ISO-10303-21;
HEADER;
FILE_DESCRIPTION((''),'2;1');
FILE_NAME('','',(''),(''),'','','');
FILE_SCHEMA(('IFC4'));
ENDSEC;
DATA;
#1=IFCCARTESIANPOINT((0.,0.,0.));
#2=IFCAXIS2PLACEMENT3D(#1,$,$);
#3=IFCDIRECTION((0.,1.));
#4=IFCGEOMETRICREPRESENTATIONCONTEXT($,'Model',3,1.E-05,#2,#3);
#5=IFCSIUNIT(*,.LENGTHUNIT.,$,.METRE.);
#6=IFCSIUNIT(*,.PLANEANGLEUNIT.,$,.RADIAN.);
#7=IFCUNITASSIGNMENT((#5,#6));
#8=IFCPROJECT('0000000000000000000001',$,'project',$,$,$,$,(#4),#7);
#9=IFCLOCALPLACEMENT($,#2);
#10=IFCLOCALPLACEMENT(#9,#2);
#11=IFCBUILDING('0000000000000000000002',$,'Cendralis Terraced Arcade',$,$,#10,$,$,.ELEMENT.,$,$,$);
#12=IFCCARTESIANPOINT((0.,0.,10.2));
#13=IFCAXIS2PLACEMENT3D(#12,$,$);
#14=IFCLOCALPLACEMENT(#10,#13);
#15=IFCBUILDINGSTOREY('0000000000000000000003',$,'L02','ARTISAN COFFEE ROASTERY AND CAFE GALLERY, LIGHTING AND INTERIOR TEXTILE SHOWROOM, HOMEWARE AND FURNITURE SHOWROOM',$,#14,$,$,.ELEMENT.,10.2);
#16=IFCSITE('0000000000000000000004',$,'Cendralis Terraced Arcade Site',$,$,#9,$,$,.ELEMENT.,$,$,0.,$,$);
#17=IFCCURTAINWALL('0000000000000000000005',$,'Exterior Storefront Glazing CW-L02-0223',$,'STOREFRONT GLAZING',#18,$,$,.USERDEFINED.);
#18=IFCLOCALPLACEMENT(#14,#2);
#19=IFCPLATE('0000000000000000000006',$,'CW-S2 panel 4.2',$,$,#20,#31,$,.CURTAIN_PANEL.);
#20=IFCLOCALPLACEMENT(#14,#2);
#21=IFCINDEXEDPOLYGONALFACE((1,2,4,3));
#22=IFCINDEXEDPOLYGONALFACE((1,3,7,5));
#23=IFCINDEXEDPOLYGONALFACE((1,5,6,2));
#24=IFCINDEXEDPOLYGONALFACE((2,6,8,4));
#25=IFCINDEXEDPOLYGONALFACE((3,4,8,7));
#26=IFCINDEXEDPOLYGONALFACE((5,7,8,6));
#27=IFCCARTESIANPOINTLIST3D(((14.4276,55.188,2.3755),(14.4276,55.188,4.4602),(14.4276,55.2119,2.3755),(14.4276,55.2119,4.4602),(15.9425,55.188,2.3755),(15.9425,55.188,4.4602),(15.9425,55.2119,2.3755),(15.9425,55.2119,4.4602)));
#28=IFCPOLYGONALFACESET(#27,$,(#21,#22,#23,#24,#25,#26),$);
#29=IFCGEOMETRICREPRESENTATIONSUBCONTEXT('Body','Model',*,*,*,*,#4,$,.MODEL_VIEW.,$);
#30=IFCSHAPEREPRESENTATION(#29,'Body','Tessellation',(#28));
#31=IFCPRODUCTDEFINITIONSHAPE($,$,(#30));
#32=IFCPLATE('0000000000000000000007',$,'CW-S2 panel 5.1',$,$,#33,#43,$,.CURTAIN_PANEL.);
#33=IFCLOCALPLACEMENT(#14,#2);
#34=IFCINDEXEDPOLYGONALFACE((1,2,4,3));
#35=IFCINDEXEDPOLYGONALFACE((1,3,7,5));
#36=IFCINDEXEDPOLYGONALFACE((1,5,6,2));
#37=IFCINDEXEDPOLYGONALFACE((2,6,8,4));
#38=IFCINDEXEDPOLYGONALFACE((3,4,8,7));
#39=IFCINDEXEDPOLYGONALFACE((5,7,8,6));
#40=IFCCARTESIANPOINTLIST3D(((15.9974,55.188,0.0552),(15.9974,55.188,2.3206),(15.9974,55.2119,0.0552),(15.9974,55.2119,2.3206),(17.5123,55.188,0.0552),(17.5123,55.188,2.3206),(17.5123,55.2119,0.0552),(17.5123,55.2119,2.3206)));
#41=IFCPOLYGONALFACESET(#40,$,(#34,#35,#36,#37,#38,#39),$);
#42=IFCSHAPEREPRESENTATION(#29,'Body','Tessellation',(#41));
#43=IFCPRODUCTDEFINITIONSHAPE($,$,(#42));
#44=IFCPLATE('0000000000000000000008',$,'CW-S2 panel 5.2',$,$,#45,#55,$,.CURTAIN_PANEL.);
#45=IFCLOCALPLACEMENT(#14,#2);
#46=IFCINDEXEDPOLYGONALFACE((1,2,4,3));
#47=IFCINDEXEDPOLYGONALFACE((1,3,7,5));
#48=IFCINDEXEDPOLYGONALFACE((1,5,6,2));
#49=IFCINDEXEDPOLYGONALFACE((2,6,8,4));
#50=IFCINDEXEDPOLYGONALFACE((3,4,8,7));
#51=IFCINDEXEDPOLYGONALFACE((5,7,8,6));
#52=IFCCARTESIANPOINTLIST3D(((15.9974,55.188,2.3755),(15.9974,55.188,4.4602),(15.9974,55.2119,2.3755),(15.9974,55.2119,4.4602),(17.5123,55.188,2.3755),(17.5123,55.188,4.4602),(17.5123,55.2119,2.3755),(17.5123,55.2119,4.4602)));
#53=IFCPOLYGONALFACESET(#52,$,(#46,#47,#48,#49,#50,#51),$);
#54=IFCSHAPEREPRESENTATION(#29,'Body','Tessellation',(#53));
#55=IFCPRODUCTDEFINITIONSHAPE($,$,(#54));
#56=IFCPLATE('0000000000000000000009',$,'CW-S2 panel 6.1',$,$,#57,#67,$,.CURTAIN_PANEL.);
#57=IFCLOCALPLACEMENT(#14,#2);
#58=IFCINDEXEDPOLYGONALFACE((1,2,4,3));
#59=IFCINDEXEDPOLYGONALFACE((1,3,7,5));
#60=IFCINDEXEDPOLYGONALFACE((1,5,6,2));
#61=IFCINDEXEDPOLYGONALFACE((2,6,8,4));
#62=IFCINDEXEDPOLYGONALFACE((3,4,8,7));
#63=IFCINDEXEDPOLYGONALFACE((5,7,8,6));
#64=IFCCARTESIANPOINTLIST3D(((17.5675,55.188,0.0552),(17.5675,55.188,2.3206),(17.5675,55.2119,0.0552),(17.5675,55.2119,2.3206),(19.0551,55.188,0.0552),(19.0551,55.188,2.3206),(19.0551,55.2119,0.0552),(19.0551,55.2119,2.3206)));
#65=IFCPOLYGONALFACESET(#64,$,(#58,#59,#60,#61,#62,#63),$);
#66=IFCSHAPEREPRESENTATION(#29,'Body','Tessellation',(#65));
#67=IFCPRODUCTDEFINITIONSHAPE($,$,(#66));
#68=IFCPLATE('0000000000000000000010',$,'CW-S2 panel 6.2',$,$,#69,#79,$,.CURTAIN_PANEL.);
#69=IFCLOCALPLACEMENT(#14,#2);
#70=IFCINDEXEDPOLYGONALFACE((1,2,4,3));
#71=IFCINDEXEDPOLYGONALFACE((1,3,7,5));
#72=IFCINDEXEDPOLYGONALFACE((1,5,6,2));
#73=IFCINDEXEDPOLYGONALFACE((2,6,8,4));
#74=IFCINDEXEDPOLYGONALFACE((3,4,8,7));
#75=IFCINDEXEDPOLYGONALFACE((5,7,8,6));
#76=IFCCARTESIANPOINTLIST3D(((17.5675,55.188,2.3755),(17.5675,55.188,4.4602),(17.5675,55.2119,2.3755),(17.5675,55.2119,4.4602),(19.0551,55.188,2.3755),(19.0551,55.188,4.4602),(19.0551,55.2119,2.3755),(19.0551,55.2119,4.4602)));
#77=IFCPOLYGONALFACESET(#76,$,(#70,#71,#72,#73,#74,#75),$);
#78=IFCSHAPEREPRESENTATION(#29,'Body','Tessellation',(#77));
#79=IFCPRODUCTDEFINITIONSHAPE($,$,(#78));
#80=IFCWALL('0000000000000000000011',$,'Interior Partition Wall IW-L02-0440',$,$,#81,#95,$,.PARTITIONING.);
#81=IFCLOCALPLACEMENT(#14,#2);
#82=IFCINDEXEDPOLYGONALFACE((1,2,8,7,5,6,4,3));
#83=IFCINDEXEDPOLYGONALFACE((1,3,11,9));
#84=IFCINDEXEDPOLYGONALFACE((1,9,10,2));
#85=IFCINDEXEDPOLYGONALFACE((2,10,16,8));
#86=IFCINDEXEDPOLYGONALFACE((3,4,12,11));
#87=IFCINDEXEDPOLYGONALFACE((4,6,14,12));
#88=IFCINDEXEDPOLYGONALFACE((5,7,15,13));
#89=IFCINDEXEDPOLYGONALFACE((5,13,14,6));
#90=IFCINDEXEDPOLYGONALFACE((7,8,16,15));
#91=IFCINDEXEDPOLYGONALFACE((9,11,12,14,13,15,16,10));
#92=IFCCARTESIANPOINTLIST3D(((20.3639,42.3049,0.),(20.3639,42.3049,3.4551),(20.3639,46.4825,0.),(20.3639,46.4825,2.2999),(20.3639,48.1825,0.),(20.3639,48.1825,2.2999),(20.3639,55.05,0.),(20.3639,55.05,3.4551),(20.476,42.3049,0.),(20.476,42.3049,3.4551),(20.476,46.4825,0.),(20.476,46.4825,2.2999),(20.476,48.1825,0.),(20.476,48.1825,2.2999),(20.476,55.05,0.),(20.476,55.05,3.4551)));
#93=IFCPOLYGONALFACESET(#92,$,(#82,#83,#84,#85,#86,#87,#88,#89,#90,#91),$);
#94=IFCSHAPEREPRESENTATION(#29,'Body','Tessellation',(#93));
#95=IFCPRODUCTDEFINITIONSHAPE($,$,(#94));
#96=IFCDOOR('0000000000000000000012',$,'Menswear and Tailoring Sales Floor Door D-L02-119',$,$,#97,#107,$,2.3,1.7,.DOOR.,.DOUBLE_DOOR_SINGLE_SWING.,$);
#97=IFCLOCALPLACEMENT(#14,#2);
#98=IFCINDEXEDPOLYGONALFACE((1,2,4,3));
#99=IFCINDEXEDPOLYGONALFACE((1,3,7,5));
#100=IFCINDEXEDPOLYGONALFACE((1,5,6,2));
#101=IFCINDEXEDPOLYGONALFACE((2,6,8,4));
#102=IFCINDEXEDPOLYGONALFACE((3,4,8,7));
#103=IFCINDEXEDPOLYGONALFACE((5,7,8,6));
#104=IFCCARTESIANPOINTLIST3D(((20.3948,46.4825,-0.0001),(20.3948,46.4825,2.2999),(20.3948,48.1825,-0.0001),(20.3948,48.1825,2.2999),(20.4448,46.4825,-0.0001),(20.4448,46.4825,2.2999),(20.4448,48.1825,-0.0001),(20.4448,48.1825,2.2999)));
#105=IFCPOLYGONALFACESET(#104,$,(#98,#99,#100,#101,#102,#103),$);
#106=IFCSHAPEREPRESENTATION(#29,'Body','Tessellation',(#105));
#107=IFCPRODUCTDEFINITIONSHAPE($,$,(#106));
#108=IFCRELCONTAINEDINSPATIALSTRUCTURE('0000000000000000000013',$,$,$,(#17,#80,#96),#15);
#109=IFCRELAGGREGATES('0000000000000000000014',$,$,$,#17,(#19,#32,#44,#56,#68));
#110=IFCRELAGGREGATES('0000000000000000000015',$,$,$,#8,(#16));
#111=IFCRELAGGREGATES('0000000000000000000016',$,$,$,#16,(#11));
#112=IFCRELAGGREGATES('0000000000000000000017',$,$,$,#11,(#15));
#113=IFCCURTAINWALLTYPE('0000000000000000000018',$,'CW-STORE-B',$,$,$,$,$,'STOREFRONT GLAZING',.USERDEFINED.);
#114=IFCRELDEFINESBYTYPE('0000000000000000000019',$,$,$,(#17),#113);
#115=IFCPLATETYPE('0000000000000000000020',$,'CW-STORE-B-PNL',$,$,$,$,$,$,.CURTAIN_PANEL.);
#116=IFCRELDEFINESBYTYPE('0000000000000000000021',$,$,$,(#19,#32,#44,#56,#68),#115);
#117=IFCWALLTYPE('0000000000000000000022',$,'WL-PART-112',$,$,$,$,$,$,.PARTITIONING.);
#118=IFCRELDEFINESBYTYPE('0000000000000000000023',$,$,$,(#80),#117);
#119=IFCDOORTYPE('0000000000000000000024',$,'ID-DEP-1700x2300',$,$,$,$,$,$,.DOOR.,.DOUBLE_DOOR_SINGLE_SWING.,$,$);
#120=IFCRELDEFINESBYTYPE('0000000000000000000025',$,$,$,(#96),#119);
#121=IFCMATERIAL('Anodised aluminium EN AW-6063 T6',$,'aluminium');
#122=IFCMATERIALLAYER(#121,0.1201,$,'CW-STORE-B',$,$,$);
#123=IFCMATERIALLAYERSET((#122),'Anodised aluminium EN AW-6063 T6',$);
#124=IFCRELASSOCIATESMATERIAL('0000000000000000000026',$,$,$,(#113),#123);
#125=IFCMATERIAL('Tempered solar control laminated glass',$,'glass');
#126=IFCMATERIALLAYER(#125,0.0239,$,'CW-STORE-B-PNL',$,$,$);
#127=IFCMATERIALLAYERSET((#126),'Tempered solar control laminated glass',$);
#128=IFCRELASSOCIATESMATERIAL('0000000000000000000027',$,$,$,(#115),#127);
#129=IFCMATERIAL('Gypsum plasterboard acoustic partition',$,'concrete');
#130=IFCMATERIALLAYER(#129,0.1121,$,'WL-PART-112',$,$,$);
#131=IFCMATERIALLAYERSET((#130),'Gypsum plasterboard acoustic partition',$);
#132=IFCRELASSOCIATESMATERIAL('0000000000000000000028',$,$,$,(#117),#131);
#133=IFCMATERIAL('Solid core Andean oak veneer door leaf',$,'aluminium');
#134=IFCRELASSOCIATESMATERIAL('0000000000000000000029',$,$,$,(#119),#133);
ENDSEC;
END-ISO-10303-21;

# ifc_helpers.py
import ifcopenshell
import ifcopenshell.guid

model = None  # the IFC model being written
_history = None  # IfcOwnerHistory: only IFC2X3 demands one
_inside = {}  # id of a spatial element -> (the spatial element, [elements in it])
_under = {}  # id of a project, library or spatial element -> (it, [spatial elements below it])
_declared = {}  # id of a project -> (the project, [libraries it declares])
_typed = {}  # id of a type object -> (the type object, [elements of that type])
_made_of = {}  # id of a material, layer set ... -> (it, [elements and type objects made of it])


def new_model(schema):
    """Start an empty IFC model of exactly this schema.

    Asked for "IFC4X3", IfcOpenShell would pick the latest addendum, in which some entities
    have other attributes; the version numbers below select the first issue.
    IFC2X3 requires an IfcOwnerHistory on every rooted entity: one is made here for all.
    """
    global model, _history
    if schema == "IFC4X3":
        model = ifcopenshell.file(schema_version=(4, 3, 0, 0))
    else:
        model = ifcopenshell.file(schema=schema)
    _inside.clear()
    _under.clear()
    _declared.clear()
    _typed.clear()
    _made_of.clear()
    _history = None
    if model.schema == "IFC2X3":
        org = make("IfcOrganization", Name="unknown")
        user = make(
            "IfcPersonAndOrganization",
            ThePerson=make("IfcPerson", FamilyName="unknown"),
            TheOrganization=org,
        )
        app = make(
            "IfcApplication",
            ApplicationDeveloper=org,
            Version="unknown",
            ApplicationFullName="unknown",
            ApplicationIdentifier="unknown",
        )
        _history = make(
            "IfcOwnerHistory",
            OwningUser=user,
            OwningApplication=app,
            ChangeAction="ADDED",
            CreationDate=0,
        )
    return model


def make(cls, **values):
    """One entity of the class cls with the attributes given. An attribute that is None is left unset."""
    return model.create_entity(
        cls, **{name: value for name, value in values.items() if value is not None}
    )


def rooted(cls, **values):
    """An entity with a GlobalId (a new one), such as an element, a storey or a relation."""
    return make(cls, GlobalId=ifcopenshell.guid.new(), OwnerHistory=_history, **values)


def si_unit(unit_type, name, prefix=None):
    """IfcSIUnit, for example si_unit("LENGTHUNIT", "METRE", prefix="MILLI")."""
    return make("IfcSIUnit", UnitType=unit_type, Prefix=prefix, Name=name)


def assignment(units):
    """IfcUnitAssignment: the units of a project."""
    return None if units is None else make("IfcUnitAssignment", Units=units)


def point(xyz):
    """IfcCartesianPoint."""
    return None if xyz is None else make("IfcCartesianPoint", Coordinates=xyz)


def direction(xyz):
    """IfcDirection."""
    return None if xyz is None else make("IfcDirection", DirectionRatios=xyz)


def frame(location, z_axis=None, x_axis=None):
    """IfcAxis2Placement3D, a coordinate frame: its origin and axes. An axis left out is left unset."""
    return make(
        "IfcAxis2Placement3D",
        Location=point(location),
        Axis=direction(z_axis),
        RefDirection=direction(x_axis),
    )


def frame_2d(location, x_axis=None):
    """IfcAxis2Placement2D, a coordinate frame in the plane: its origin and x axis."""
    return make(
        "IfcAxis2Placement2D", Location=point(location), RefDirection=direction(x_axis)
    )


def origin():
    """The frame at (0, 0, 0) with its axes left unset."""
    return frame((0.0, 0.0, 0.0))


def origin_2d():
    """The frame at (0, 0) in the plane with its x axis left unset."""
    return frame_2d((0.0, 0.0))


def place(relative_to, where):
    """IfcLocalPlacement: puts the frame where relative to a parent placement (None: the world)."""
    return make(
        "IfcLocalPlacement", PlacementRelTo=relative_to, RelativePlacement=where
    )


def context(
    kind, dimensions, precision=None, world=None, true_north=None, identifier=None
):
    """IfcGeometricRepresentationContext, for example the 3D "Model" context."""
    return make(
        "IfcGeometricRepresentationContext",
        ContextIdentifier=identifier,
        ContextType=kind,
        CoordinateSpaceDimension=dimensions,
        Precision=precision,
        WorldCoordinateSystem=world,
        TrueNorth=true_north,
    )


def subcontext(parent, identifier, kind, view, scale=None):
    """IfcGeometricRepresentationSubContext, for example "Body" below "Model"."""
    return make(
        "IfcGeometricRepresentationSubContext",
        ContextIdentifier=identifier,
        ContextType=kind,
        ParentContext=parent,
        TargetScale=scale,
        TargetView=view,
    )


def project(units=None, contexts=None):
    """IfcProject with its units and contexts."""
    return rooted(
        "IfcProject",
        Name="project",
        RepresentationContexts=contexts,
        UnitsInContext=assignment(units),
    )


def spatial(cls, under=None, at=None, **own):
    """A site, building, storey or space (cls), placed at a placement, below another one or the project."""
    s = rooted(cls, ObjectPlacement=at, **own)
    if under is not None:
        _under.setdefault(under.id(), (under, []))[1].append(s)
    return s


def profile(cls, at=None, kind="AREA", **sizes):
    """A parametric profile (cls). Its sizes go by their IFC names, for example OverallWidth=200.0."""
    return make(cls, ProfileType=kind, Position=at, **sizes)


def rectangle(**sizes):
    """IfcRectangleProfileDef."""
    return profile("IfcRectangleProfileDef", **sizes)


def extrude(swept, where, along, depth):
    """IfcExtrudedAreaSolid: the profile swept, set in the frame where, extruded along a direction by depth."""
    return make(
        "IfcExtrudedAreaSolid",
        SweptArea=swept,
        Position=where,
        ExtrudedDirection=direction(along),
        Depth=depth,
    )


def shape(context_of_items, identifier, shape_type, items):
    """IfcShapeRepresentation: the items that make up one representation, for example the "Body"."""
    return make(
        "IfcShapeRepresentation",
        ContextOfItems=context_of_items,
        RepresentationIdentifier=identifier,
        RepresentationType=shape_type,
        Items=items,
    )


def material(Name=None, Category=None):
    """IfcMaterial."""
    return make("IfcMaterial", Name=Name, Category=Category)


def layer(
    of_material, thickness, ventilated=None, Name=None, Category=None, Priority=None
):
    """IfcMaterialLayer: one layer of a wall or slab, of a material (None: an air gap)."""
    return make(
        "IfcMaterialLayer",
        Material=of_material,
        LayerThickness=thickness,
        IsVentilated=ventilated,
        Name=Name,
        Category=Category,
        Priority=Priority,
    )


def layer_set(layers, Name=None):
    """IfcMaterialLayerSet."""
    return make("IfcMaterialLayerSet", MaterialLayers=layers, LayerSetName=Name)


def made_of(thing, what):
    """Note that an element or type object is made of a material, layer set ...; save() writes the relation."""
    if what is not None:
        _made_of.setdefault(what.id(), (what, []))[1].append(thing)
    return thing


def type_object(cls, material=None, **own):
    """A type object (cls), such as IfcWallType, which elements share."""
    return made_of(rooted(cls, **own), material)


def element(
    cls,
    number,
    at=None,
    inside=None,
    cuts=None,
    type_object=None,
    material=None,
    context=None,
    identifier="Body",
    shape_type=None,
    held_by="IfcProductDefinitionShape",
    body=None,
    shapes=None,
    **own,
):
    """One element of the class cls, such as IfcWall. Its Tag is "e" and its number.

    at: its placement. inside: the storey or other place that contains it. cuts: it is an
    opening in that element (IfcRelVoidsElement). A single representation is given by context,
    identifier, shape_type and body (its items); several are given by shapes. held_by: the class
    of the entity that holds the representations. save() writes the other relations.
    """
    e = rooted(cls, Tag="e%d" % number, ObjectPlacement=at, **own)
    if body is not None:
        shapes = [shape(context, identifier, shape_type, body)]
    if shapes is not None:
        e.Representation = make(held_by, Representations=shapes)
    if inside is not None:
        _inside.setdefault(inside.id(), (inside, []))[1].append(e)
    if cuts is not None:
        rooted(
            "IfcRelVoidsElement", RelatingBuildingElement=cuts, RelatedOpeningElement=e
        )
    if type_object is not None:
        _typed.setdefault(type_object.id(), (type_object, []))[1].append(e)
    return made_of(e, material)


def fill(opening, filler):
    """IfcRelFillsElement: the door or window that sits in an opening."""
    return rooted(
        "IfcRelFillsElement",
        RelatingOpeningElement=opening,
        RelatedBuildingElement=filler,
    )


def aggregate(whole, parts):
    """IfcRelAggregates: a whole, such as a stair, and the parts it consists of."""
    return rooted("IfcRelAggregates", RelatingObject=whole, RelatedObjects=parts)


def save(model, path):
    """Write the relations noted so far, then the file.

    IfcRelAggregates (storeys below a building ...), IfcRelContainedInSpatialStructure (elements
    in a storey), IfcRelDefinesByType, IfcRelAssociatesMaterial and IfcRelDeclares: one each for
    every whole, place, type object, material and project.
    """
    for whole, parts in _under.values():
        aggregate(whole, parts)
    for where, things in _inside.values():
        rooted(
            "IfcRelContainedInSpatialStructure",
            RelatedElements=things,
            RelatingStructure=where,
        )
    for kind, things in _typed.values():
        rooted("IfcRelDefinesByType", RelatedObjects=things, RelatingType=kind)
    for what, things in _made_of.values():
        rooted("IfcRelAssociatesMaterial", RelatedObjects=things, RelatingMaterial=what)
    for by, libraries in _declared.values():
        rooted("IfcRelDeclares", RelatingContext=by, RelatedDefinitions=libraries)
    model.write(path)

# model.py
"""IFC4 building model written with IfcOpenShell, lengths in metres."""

from ifc_helpers import new_model, si_unit, direction, frame, frame_2d, origin, origin_2d, place, context, subcontext, project, spatial, rectangle, extrude, material, layer, layer_set, type_object, element, fill, aggregate, save


model = new_model("IFC4")

# Units and contexts
model_context = context("Model", 3, precision=1e-05, world=origin(), true_north=direction((0.0, 1.0)))
body_context = subcontext(model_context, "Body", "Model", "MODEL_VIEW")
ifc_project = project(units=[si_unit("LENGTHUNIT", "METRE"), si_unit("PLANEANGLEUNIT", "RADIAN")], contexts=[model_context])

# Site, building, storey
site_placement = place(None, origin())
site = spatial("IfcSite", under=ifc_project, at=site_placement, Name="Cendralis Terraced Arcade Site", CompositionType="ELEMENT", RefElevation=0.0)
building_placement = place(site_placement, origin())
building = spatial("IfcBuilding", under=site, at=building_placement, Name="Cendralis Terraced Arcade", CompositionType="ELEMENT")
storey_placement = place(building_placement, frame((0.0, 0.0, 10.2)))
storey = spatial("IfcBuildingStorey", under=building, at=storey_placement, Name="L02", Description="ARTISAN COFFEE ROASTERY AND CAFE GALLERY, LIGHTING AND INTERIOR TEXTILE SHOWROOM, HOMEWARE AND FURNITURE SHOWROOM", CompositionType="ELEMENT", Elevation=10.2)

# Curtain wall, plates
ifc_material_1 = material(Name="Anodised aluminium EN AW-6063 T6", Category="aluminium")
ifc_layer_1 = layer(ifc_material_1, 0.1201, Name="CW-STORE-B")
ifc_layer_set_1 = layer_set([ifc_layer_1], Name="Anodised aluminium EN AW-6063 T6")
curtain_wall_type = type_object("IfcCurtainWallType", Name="CW-STORE-B", ElementType="STOREFRONT GLAZING", PredefinedType="USERDEFINED", material=ifc_layer_set_1)
curtain_wall_placement = place(storey_placement, origin())
curtain_wall = element("IfcCurtainWall", 1, at=curtain_wall_placement, inside=storey, type_object=curtain_wall_type, Name="Exterior Storefront Glazing CW-L02-0223", ObjectType="STOREFRONT GLAZING", PredefinedType="USERDEFINED")
ifc_material_2 = material(Name="Tempered solar control laminated glass", Category="glass")
ifc_layer_2 = layer(ifc_material_2, 0.0239, Name="CW-STORE-B-PNL")
ifc_layer_set_2 = layer_set([ifc_layer_2], Name="Tempered solar control laminated glass")
plate_type = type_object("IfcPlateType", Name="CW-STORE-B-PNL", PredefinedType="CURTAIN_PANEL", material=ifc_layer_set_2)
plate_1_placement = place(storey_placement, frame((15.1851, 55.2, 2.3755), z_axis=(0.0, 0.0, 1.0), x_axis=(1.0, 0.0, 0.0)))
plate_1 = element("IfcPlate", 2, at=plate_1_placement, type_object=plate_type, Name="CW-S2 panel 4.2", PredefinedType="CURTAIN_PANEL", context=body_context, shape_type="SweptSolid", body=[
    extrude(rectangle(XDim=1.5149, YDim=0.0239, at=origin_2d()), origin(), (0.0, 0.0, 1.0), 2.0847),
])
plate_2_placement = place(storey_placement, frame((16.7549, 55.2, 0.0552), z_axis=(0.0, 0.0, 1.0), x_axis=(1.0, 0.0, 0.0)))
plate_2 = element("IfcPlate", 3, at=plate_2_placement, type_object=plate_type, Name="CW-S2 panel 5.1", PredefinedType="CURTAIN_PANEL", context=body_context, shape_type="SweptSolid", body=[
    extrude(rectangle(XDim=1.5149, YDim=0.0239, at=origin_2d()), origin(), (0.0, 0.0, 1.0), 2.2654),
])
plate_3_placement = place(storey_placement, frame((16.7549, 55.2, 2.3755), z_axis=(0.0, 0.0, 1.0), x_axis=(1.0, 0.0, 0.0)))
plate_3 = element("IfcPlate", 4, at=plate_3_placement, type_object=plate_type, Name="CW-S2 panel 5.2", PredefinedType="CURTAIN_PANEL", context=body_context, shape_type="SweptSolid", body=[
    extrude(rectangle(XDim=1.5149, YDim=0.0239, at=origin_2d()), origin(), (0.0, 0.0, 1.0), 2.0847),
])
plate_4_placement = place(storey_placement, frame((18.3113, 55.2, 0.0552), z_axis=(0.0, 0.0, 1.0), x_axis=(1.0, 0.0, 0.0)))
plate_4 = element("IfcPlate", 5, at=plate_4_placement, type_object=plate_type, Name="CW-S2 panel 6.1", PredefinedType="CURTAIN_PANEL", context=body_context, shape_type="SweptSolid", body=[
    extrude(rectangle(XDim=1.4875, YDim=0.0239, at=origin_2d()), origin(), (0.0, 0.0, 1.0), 2.2654),
])
plate_5_placement = place(storey_placement, frame((18.3113, 55.2, 2.3755), z_axis=(0.0, 0.0, 1.0), x_axis=(1.0, 0.0, 0.0)))
plate_5 = element("IfcPlate", 6, at=plate_5_placement, type_object=plate_type, Name="CW-S2 panel 6.2", PredefinedType="CURTAIN_PANEL", context=body_context, shape_type="SweptSolid", body=[
    extrude(rectangle(XDim=1.4875, YDim=0.0239, at=origin_2d()), origin(), (0.0, 0.0, 1.0), 2.0847),
])
aggregate(curtain_wall, [plate_1, plate_2, plate_3, plate_4, plate_5])

# Wall, opening, door
ifc_material_3 = material(Name="Gypsum plasterboard acoustic partition", Category="concrete")
ifc_layer_3 = layer(ifc_material_3, 0.1121, Name="WL-PART-112")
ifc_layer_set_3 = layer_set([ifc_layer_3], Name="Gypsum plasterboard acoustic partition")
wall_type = type_object("IfcWallType", Name="WL-PART-112", PredefinedType="PARTITIONING", material=ifc_layer_set_3)
wall_placement = place(storey_placement, frame((20.4199, 55.05, 0.0), z_axis=(0.0, 0.0, 1.0), x_axis=(0.0, -1.0, 0.0)))
wall = element("IfcWall", 7, at=wall_placement, inside=storey, type_object=wall_type, Name="Interior Partition Wall IW-L02-0440", PredefinedType="PARTITIONING", context=body_context, shape_type="SweptSolid", body=[
    extrude(rectangle(XDim=12.7451, YDim=0.1121, at=frame_2d((6.3726, 0.0))), origin(), (0.0, 0.0, 1.0), 3.4551),
])
opening_placement = place(wall_placement, frame((6.8674, 0.0, 0.0)))
opening = element("IfcOpeningElement", 8, at=opening_placement, cuts=wall, PredefinedType="OPENING", context=body_context, shape_type="SweptSolid", body=[
    extrude(rectangle(XDim=1.7, YDim=2.3, at=frame_2d((0.8501, 1.1499))), frame((0.0, 0.0679, 0.0), z_axis=(0.0, -1.0, 0.0), x_axis=(1.0, 0.0, 0.0)), (0.0, 0.0, 1.0), 0.136),
])
ifc_material_4 = material(Name="Solid core Andean oak veneer door leaf", Category="aluminium")
door_type = type_object("IfcDoorType", Name="ID-DEP-1700x2300", OperationType="DOUBLE_DOOR_SINGLE_SWING", PredefinedType="DOOR", material=ifc_material_4)
door_placement = place(opening_placement, origin())
door = element("IfcDoor", 9, at=door_placement, inside=storey, type_object=door_type, Name="Menswear and Tailoring Sales Floor Door D-L02-119", OperationType="DOUBLE_DOOR_SINGLE_SWING", OverallHeight=2.3, OverallWidth=1.7, PredefinedType="DOOR", context=body_context, shape_type="SweptSolid", body=[
    extrude(rectangle(XDim=1.7, YDim=2.3, at=frame_2d((0.8501, 1.1499))), frame((0.0, 0.0249, 0.0), z_axis=(0.0, -1.0, 0.0), x_axis=(1.0, 0.0, 0.0)), (0.0, 0.0, 1.0), 0.05),
])
fill(opening, door)

save(model, "model.ifc")
